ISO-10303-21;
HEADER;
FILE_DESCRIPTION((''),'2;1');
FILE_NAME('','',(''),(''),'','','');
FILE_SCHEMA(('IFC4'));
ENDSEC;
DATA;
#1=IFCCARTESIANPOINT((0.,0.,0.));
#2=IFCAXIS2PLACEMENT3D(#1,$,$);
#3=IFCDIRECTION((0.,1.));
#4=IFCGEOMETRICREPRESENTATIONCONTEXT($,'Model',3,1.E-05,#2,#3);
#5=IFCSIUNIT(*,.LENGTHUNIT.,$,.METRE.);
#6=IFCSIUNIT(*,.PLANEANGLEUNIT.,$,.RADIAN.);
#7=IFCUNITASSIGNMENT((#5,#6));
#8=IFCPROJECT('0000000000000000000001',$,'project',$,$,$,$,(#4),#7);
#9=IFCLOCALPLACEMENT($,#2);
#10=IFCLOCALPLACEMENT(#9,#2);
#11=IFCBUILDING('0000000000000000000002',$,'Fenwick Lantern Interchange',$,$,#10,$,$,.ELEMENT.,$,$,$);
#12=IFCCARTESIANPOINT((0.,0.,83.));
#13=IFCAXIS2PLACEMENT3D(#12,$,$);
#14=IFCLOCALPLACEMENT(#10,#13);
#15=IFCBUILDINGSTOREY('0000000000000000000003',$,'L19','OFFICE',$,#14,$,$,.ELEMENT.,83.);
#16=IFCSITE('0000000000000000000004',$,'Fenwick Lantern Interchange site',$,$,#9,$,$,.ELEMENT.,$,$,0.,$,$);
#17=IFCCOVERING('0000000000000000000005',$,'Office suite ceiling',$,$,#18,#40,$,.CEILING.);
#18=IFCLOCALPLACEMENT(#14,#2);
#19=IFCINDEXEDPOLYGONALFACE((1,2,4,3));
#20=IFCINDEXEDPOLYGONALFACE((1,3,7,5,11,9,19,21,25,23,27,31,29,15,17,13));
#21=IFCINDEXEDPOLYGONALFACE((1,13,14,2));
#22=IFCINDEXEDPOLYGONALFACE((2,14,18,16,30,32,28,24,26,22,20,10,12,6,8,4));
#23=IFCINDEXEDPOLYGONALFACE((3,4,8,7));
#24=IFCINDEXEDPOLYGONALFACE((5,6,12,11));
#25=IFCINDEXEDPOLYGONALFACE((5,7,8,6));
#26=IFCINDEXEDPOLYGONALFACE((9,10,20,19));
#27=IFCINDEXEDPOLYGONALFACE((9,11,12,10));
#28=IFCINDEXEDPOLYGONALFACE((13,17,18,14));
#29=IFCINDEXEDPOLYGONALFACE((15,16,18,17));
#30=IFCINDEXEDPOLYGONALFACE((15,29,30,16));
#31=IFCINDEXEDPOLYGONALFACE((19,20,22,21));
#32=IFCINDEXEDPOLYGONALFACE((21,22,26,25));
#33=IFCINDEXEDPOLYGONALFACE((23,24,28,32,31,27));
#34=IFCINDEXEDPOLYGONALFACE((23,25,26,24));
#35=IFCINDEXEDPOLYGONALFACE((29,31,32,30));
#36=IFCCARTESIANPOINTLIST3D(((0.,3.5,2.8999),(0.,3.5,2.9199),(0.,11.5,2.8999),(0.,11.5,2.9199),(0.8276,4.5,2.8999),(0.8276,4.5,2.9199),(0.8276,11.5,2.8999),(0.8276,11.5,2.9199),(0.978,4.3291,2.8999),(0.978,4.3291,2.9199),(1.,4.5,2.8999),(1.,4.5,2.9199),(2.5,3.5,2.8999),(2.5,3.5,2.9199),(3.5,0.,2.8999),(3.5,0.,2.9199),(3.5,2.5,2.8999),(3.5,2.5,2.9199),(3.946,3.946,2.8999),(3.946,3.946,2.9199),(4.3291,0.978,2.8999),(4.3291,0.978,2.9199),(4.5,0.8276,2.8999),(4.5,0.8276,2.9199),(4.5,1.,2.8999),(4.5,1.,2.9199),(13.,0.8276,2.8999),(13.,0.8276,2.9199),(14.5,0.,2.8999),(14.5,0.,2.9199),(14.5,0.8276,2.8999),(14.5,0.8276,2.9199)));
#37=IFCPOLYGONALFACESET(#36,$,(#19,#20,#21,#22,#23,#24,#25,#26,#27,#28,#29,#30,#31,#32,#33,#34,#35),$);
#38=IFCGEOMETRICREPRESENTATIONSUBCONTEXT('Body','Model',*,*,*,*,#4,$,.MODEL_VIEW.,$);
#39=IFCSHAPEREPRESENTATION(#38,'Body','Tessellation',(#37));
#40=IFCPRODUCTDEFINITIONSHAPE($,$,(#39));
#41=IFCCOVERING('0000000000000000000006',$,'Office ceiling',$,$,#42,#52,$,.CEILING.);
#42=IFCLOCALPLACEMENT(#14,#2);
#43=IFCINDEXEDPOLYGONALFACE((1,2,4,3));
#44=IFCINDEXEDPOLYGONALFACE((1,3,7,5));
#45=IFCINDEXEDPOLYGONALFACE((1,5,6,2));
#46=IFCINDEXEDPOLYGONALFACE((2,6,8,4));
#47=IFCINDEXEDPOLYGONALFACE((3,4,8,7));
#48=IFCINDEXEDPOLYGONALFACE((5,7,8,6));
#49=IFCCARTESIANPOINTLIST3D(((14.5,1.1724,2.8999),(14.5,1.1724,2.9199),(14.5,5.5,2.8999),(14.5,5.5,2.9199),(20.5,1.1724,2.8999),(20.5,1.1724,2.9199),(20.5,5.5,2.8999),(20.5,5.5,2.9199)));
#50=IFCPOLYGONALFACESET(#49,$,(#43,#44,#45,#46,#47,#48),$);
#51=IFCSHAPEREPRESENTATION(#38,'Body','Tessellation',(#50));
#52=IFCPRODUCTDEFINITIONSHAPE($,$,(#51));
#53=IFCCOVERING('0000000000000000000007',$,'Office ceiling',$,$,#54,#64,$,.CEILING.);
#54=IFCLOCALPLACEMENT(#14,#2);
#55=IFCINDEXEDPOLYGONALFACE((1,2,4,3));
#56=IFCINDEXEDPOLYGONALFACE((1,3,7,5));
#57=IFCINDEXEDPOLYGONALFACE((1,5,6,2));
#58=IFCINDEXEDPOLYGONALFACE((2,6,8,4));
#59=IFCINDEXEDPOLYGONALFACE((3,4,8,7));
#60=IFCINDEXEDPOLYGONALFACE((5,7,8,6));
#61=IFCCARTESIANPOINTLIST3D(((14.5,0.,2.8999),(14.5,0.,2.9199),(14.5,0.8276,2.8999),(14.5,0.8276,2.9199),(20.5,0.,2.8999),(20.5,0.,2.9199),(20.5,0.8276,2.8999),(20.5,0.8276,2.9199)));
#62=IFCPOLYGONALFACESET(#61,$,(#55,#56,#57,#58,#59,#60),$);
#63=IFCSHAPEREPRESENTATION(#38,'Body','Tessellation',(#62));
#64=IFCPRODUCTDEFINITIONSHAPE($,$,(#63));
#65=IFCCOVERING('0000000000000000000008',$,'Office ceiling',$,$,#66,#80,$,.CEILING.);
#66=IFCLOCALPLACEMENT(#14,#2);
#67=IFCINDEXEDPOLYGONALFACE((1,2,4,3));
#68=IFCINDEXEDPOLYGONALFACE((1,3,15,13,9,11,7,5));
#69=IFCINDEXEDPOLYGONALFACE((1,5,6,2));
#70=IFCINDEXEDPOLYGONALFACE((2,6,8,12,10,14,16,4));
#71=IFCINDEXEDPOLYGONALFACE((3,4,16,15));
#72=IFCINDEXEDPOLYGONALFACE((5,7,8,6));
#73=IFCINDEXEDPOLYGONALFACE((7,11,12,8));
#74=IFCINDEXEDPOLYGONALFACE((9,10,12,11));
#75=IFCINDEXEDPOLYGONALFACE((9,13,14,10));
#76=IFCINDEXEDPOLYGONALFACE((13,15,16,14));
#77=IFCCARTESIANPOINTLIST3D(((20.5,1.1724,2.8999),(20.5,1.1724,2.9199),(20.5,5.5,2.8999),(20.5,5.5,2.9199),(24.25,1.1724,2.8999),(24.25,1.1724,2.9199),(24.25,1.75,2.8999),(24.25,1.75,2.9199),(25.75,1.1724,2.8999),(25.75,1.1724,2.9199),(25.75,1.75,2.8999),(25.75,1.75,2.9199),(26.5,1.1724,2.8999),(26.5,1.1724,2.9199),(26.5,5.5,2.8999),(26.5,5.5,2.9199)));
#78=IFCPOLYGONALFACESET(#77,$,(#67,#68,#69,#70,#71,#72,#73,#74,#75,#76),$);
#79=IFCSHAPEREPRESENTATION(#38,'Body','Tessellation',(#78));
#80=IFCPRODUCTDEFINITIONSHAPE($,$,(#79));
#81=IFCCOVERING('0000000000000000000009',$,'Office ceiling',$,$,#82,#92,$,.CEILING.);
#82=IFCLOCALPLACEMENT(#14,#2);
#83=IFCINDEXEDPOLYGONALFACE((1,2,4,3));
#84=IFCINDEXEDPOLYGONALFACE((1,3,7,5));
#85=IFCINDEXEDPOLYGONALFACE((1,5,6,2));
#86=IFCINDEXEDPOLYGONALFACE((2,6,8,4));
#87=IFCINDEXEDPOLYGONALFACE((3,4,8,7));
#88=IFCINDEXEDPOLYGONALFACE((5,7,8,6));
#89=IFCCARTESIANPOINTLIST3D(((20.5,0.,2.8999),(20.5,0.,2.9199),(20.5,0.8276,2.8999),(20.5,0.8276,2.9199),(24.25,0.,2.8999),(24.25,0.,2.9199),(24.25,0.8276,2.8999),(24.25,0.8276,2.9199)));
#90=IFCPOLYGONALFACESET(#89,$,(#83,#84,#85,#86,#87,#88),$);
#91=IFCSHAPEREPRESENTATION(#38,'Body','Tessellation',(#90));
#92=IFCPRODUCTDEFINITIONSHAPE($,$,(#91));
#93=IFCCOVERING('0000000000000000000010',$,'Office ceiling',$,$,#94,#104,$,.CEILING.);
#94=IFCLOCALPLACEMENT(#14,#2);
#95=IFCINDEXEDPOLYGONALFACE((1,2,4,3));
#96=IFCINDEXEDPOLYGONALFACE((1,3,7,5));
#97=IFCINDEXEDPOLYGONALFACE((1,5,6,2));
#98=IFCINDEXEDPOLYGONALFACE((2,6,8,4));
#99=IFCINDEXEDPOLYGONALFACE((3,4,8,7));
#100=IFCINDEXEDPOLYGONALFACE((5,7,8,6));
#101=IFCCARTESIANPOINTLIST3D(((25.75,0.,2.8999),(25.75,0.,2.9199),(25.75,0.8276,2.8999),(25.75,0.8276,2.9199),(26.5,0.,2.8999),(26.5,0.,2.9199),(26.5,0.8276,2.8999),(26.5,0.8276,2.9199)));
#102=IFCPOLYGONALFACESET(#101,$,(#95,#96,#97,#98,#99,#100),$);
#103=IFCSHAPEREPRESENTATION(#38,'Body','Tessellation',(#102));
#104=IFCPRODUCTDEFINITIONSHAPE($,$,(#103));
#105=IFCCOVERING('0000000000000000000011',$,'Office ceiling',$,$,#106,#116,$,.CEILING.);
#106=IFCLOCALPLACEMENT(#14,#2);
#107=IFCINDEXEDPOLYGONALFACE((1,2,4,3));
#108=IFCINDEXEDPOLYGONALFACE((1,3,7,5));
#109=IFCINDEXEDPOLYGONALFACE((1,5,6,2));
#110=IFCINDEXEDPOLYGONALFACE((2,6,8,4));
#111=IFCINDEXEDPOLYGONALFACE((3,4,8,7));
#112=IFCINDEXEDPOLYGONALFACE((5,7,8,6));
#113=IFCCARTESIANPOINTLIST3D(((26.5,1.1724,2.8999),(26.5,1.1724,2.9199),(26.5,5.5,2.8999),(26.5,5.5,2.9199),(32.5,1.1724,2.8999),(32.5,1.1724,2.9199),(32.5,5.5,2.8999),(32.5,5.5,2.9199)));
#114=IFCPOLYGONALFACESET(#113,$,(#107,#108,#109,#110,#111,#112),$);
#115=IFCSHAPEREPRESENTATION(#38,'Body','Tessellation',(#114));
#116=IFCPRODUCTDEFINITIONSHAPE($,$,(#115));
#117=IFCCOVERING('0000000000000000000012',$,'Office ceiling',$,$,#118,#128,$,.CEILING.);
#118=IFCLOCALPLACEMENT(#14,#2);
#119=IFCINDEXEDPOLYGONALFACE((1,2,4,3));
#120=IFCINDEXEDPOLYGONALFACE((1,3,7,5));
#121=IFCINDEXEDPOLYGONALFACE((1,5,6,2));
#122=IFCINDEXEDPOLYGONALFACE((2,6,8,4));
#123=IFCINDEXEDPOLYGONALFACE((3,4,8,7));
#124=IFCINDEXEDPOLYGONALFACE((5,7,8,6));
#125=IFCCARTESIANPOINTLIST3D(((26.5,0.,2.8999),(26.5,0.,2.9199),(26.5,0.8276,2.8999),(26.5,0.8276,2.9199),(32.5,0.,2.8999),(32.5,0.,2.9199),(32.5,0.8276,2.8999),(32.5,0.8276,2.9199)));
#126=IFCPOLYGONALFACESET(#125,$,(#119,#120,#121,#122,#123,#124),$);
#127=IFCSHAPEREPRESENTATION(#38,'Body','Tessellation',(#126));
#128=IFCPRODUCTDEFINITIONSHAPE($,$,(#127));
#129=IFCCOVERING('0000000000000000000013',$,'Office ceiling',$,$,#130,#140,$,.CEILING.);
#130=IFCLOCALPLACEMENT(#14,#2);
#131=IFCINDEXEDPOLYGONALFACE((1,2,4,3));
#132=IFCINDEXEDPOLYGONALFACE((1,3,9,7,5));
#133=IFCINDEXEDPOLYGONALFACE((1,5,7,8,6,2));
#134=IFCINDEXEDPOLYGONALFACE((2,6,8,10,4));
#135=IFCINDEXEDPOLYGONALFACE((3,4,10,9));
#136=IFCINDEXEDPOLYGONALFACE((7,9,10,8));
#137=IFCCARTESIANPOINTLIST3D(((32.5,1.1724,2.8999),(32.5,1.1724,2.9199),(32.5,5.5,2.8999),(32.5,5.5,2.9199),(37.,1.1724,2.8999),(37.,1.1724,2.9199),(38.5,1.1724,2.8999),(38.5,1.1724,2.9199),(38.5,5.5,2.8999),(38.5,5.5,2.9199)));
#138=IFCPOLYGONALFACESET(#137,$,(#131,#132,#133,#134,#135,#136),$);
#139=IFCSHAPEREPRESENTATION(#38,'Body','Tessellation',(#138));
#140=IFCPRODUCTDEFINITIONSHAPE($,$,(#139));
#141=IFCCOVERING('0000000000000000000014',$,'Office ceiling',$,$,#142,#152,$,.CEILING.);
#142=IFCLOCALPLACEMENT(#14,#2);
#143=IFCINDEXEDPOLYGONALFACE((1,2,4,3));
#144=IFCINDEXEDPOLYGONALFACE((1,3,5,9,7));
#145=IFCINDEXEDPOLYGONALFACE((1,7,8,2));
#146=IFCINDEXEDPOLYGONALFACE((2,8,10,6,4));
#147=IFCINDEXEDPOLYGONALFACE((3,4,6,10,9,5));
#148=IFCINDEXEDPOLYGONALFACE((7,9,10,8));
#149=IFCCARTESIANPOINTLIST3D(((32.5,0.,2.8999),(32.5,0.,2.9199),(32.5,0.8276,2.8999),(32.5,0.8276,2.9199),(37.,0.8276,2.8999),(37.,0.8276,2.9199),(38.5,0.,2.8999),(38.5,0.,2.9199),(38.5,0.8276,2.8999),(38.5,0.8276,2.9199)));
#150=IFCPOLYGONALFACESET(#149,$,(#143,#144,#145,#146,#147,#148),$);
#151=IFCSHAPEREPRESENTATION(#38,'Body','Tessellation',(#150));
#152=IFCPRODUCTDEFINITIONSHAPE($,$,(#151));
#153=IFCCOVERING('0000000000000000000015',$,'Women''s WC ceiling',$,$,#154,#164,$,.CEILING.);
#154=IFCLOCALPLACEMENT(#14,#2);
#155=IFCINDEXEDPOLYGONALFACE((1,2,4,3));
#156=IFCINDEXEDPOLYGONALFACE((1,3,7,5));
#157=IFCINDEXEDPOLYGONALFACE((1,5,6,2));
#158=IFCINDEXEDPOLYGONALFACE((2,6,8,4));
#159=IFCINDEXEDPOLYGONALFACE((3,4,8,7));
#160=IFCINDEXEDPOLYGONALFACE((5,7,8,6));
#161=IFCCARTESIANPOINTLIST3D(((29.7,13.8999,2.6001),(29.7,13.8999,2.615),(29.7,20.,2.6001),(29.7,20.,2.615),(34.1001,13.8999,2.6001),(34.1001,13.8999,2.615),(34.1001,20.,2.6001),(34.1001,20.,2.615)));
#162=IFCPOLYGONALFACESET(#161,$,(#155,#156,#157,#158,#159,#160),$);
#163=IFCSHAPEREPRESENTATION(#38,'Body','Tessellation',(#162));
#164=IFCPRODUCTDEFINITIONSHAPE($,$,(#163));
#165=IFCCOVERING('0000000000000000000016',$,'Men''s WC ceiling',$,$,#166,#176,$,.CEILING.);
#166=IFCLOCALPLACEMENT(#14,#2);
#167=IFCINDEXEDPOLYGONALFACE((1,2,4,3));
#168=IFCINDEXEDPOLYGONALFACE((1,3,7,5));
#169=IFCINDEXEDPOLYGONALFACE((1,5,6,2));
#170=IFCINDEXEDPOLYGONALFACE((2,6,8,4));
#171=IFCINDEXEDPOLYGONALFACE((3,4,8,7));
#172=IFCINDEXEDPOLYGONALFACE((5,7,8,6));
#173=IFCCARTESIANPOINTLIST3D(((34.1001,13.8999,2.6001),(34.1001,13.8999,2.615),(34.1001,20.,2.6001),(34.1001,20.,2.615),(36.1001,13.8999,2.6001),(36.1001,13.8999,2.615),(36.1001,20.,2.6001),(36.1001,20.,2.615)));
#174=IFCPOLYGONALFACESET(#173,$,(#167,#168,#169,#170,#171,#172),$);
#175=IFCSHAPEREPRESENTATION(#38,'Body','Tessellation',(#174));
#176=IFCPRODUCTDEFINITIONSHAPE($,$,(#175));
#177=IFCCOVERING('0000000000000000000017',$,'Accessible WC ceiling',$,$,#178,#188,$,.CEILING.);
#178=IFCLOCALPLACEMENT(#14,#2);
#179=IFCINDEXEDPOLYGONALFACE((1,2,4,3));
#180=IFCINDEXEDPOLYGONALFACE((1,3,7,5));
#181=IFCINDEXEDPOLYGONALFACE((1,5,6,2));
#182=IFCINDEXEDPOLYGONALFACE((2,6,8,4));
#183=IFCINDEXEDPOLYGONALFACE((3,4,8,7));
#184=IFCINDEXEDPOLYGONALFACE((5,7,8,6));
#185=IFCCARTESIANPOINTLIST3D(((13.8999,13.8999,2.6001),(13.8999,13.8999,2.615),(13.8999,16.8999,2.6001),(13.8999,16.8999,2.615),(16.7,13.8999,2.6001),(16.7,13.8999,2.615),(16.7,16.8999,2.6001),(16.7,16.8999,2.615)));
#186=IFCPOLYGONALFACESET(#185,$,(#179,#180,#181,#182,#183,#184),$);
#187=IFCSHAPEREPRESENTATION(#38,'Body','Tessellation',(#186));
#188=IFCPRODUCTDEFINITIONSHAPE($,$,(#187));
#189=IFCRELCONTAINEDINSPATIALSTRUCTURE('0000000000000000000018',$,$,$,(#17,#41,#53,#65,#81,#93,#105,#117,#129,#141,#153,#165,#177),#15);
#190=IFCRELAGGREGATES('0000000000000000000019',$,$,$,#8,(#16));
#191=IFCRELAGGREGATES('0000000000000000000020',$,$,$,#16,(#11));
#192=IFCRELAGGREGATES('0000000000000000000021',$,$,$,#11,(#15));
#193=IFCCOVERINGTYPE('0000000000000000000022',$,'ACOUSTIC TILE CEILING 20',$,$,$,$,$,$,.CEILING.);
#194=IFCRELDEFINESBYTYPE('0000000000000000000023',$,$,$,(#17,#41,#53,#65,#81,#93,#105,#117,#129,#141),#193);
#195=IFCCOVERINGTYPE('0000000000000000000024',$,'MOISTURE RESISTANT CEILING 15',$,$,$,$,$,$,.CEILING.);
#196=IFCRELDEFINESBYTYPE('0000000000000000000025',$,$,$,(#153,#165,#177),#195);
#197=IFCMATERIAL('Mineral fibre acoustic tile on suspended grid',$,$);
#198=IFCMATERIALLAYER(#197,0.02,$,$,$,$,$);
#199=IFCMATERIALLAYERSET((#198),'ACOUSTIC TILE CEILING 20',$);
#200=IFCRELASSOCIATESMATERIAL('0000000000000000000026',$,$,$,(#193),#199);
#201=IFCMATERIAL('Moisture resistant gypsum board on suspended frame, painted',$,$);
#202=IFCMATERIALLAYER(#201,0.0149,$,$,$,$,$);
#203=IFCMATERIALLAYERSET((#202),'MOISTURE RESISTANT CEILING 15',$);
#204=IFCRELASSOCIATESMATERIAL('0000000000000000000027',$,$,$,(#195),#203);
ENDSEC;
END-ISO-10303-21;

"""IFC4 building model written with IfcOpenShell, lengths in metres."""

from ifc_helpers import new_model, si_unit, direction, frame, origin, place, context, subcontext, project, spatial, polyline, outline, extrude, material, layer, layer_set, type_object, element, save


model = new_model("IFC4")

# Units and contexts
model_context = context("Model", 3, precision=1e-05, world=origin(), true_north=direction((0.0, 1.0)))
body_context = subcontext(model_context, "Body", "Model", "MODEL_VIEW")
ifc_project = project(units=[si_unit("LENGTHUNIT", "METRE"), si_unit("PLANEANGLEUNIT", "RADIAN")], contexts=[model_context])

# Site, building, storey
site_placement = place(None, origin())
site = spatial("IfcSite", under=ifc_project, at=site_placement, Name="Fenwick Lantern Interchange site", CompositionType="ELEMENT", RefElevation=0.0)
building_placement = place(site_placement, origin())
building = spatial("IfcBuilding", under=site, at=building_placement, Name="Fenwick Lantern Interchange", CompositionType="ELEMENT")
storey_placement = place(building_placement, frame((0.0, 0.0, 83.0)))
storey = spatial("IfcBuildingStorey", under=building, at=storey_placement, Name="L19", Description="OFFICE", CompositionType="ELEMENT", Elevation=83.0)

# Coverings
ifc_material_1 = material(Name="Mineral fibre acoustic tile on suspended grid")
ifc_layer_1 = layer(ifc_material_1, 0.02)
ifc_layer_set_1 = layer_set([ifc_layer_1], Name="ACOUSTIC TILE CEILING 20")
covering_type_1 = type_object("IfcCoveringType", Name="ACOUSTIC TILE CEILING 20", PredefinedType="CEILING", material=ifc_layer_set_1)
covering_1_placement = place(storey_placement, frame((0.0, 0.0, 2.8999)))
element("IfcCovering", 1, at=covering_1_placement, inside=storey, type_object=covering_type_1, Name="Office suite ceiling", PredefinedType="CEILING", context=body_context, shape_type="SweptSolid", body=[
    extrude(outline(polyline([(0.0, 11.5), (0.0, 3.5), (2.5, 3.5), (3.5, 2.5), (3.5, 0.0), (14.5, 0.0), (14.5, 0.8276), (13.0, 0.8276), (4.5, 0.8276), (4.5, 1.0), (4.3291, 0.978), (3.946, 3.946), (0.978, 4.3291), (1.0, 4.5), (0.8276, 4.5), (0.8276, 11.5), (0.0, 11.5)])), origin(), (0.0, 0.0, 1.0), 0.02),
])
covering_2_placement = place(storey_placement, frame((0.0, 0.0, 2.8999)))
element("IfcCovering", 2, at=covering_2_placement, inside=storey, type_object=covering_type_1, Name="Office ceiling", PredefinedType="CEILING", context=body_context, shape_type="SweptSolid", body=[
    extrude(outline(polyline([(14.5, 5.5), (14.5, 1.1724), (20.5, 1.1724), (20.5, 5.5), (14.5, 5.5)])), origin(), (0.0, 0.0, 1.0), 0.02),
])
covering_3_placement = place(storey_placement, frame((0.0, 0.0, 2.8999)))
element("IfcCovering", 3, at=covering_3_placement, inside=storey, type_object=covering_type_1, Name="Office ceiling", PredefinedType="CEILING", context=body_context, shape_type="SweptSolid", body=[
    extrude(outline(polyline([(20.5, 0.0), (20.5, 0.8276), (14.5, 0.8276), (14.5, 0.0), (20.5, 0.0)])), origin(), (0.0, 0.0, 1.0), 0.02),
])
covering_4_placement = place(storey_placement, frame((0.0, 0.0, 2.8999)))
element("IfcCovering", 4, at=covering_4_placement, inside=storey, type_object=covering_type_1, Name="Office ceiling", PredefinedType="CEILING", context=body_context, shape_type="SweptSolid", body=[
    extrude(outline(polyline([(20.5, 5.5), (20.5, 1.1724), (24.25, 1.1724), (24.25, 1.75), (25.75, 1.75), (25.75, 1.1724), (26.5, 1.1724), (26.5, 5.5), (20.5, 5.5)])), origin(), (0.0, 0.0, 1.0), 0.02),
])
covering_5_placement = place(storey_placement, frame((0.0, 0.0, 2.8999)))
element("IfcCovering", 5, at=covering_5_placement, inside=storey, type_object=covering_type_1, Name="Office ceiling", PredefinedType="CEILING", context=body_context, shape_type="SweptSolid", body=[
    extrude(outline(polyline([(20.5, 0.8276), (20.5, 0.0), (24.25, 0.0), (24.25, 0.8276), (20.5, 0.8276)])), origin(), (0.0, 0.0, 1.0), 0.02),
])
covering_6_placement = place(storey_placement, frame((0.0, 0.0, 2.8999)))
element("IfcCovering", 6, at=covering_6_placement, inside=storey, type_object=covering_type_1, Name="Office ceiling", PredefinedType="CEILING", context=body_context, shape_type="SweptSolid", body=[
    extrude(outline(polyline([(26.5, 0.0), (26.5, 0.8276), (25.75, 0.8276), (25.75, 0.0), (26.5, 0.0)])), origin(), (0.0, 0.0, 1.0), 0.02),
])
covering_7_placement = place(storey_placement, frame((0.0, 0.0, 2.8999)))
element("IfcCovering", 7, at=covering_7_placement, inside=storey, type_object=covering_type_1, Name="Office ceiling", PredefinedType="CEILING", context=body_context, shape_type="SweptSolid", body=[
    extrude(outline(polyline([(26.5, 5.5), (26.5, 1.1724), (32.5, 1.1724), (32.5, 5.5), (26.5, 5.5)])), origin(), (0.0, 0.0, 1.0), 0.02),
])
covering_8_placement = place(storey_placement, frame((0.0, 0.0, 2.8999)))
element("IfcCovering", 8, at=covering_8_placement, inside=storey, type_object=covering_type_1, Name="Office ceiling", PredefinedType="CEILING", context=body_context, shape_type="SweptSolid", body=[
    extrude(outline(polyline([(32.5, 0.0), (32.5, 0.8276), (26.5, 0.8276), (26.5, 0.0), (32.5, 0.0)])), origin(), (0.0, 0.0, 1.0), 0.02),
])
covering_9_placement = place(storey_placement, frame((0.0, 0.0, 2.8999)))
element("IfcCovering", 9, at=covering_9_placement, inside=storey, type_object=covering_type_1, Name="Office ceiling", PredefinedType="CEILING", context=body_context, shape_type="SweptSolid", body=[
    extrude(outline(polyline([(32.5, 5.5), (32.5, 1.1724), (37.0, 1.1724), (38.5, 1.1724), (38.5, 5.5), (32.5, 5.5)])), origin(), (0.0, 0.0, 1.0), 0.02),
])
covering_10_placement = place(storey_placement, frame((0.0, 0.0, 2.8999)))
element("IfcCovering", 10, at=covering_10_placement, inside=storey, type_object=covering_type_1, Name="Office ceiling", PredefinedType="CEILING", context=body_context, shape_type="SweptSolid", body=[
    extrude(outline(polyline([(38.5, 0.0), (38.5, 0.8276), (37.0, 0.8276), (32.5, 0.8276), (32.5, 0.0), (38.5, 0.0)])), origin(), (0.0, 0.0, 1.0), 0.02),
])
ifc_material_2 = material(Name="Moisture resistant gypsum board on suspended frame, painted")
ifc_layer_2 = layer(ifc_material_2, 0.0149)
ifc_layer_set_2 = layer_set([ifc_layer_2], Name="MOISTURE RESISTANT CEILING 15")
covering_type_2 = type_object("IfcCoveringType", Name="MOISTURE RESISTANT CEILING 15", PredefinedType="CEILING", material=ifc_layer_set_2)
covering_11_placement = place(storey_placement, frame((0.0, 0.0, 2.6001)))
element("IfcCovering", 11, at=covering_11_placement, inside=storey, type_object=covering_type_2, Name="Women's WC ceiling", PredefinedType="CEILING", context=body_context, shape_type="SweptSolid", body=[
    extrude(outline(polyline([(29.7, 13.8999), (34.1001, 13.8999), (34.1001, 20.0), (29.7, 20.0), (29.7, 13.8999)])), origin(), (0.0, 0.0, 1.0), 0.0149),
])
covering_12_placement = place(storey_placement, frame((0.0, 0.0, 2.6001)))
element("IfcCovering", 12, at=covering_12_placement, inside=storey, type_object=covering_type_2, Name="Men's WC ceiling", PredefinedType="CEILING", context=body_context, shape_type="SweptSolid", body=[
    extrude(outline(polyline([(34.1001, 13.8999), (36.1001, 13.8999), (36.1001, 20.0), (34.1001, 20.0), (34.1001, 13.8999)])), origin(), (0.0, 0.0, 1.0), 0.0149),
])
covering_13_placement = place(storey_placement, frame((0.0, 0.0, 2.6001)))
element("IfcCovering", 13, at=covering_13_placement, inside=storey, type_object=covering_type_2, Name="Accessible WC ceiling", PredefinedType="CEILING", context=body_context, shape_type="SweptSolid", body=[
    extrude(outline(polyline([(13.8999, 13.8999), (16.7, 13.8999), (16.7, 16.8999), (13.8999, 16.8999), (13.8999, 13.8999)])), origin(), (0.0, 0.0, 1.0), 0.0149),
])

save(model, "model.ifc")
